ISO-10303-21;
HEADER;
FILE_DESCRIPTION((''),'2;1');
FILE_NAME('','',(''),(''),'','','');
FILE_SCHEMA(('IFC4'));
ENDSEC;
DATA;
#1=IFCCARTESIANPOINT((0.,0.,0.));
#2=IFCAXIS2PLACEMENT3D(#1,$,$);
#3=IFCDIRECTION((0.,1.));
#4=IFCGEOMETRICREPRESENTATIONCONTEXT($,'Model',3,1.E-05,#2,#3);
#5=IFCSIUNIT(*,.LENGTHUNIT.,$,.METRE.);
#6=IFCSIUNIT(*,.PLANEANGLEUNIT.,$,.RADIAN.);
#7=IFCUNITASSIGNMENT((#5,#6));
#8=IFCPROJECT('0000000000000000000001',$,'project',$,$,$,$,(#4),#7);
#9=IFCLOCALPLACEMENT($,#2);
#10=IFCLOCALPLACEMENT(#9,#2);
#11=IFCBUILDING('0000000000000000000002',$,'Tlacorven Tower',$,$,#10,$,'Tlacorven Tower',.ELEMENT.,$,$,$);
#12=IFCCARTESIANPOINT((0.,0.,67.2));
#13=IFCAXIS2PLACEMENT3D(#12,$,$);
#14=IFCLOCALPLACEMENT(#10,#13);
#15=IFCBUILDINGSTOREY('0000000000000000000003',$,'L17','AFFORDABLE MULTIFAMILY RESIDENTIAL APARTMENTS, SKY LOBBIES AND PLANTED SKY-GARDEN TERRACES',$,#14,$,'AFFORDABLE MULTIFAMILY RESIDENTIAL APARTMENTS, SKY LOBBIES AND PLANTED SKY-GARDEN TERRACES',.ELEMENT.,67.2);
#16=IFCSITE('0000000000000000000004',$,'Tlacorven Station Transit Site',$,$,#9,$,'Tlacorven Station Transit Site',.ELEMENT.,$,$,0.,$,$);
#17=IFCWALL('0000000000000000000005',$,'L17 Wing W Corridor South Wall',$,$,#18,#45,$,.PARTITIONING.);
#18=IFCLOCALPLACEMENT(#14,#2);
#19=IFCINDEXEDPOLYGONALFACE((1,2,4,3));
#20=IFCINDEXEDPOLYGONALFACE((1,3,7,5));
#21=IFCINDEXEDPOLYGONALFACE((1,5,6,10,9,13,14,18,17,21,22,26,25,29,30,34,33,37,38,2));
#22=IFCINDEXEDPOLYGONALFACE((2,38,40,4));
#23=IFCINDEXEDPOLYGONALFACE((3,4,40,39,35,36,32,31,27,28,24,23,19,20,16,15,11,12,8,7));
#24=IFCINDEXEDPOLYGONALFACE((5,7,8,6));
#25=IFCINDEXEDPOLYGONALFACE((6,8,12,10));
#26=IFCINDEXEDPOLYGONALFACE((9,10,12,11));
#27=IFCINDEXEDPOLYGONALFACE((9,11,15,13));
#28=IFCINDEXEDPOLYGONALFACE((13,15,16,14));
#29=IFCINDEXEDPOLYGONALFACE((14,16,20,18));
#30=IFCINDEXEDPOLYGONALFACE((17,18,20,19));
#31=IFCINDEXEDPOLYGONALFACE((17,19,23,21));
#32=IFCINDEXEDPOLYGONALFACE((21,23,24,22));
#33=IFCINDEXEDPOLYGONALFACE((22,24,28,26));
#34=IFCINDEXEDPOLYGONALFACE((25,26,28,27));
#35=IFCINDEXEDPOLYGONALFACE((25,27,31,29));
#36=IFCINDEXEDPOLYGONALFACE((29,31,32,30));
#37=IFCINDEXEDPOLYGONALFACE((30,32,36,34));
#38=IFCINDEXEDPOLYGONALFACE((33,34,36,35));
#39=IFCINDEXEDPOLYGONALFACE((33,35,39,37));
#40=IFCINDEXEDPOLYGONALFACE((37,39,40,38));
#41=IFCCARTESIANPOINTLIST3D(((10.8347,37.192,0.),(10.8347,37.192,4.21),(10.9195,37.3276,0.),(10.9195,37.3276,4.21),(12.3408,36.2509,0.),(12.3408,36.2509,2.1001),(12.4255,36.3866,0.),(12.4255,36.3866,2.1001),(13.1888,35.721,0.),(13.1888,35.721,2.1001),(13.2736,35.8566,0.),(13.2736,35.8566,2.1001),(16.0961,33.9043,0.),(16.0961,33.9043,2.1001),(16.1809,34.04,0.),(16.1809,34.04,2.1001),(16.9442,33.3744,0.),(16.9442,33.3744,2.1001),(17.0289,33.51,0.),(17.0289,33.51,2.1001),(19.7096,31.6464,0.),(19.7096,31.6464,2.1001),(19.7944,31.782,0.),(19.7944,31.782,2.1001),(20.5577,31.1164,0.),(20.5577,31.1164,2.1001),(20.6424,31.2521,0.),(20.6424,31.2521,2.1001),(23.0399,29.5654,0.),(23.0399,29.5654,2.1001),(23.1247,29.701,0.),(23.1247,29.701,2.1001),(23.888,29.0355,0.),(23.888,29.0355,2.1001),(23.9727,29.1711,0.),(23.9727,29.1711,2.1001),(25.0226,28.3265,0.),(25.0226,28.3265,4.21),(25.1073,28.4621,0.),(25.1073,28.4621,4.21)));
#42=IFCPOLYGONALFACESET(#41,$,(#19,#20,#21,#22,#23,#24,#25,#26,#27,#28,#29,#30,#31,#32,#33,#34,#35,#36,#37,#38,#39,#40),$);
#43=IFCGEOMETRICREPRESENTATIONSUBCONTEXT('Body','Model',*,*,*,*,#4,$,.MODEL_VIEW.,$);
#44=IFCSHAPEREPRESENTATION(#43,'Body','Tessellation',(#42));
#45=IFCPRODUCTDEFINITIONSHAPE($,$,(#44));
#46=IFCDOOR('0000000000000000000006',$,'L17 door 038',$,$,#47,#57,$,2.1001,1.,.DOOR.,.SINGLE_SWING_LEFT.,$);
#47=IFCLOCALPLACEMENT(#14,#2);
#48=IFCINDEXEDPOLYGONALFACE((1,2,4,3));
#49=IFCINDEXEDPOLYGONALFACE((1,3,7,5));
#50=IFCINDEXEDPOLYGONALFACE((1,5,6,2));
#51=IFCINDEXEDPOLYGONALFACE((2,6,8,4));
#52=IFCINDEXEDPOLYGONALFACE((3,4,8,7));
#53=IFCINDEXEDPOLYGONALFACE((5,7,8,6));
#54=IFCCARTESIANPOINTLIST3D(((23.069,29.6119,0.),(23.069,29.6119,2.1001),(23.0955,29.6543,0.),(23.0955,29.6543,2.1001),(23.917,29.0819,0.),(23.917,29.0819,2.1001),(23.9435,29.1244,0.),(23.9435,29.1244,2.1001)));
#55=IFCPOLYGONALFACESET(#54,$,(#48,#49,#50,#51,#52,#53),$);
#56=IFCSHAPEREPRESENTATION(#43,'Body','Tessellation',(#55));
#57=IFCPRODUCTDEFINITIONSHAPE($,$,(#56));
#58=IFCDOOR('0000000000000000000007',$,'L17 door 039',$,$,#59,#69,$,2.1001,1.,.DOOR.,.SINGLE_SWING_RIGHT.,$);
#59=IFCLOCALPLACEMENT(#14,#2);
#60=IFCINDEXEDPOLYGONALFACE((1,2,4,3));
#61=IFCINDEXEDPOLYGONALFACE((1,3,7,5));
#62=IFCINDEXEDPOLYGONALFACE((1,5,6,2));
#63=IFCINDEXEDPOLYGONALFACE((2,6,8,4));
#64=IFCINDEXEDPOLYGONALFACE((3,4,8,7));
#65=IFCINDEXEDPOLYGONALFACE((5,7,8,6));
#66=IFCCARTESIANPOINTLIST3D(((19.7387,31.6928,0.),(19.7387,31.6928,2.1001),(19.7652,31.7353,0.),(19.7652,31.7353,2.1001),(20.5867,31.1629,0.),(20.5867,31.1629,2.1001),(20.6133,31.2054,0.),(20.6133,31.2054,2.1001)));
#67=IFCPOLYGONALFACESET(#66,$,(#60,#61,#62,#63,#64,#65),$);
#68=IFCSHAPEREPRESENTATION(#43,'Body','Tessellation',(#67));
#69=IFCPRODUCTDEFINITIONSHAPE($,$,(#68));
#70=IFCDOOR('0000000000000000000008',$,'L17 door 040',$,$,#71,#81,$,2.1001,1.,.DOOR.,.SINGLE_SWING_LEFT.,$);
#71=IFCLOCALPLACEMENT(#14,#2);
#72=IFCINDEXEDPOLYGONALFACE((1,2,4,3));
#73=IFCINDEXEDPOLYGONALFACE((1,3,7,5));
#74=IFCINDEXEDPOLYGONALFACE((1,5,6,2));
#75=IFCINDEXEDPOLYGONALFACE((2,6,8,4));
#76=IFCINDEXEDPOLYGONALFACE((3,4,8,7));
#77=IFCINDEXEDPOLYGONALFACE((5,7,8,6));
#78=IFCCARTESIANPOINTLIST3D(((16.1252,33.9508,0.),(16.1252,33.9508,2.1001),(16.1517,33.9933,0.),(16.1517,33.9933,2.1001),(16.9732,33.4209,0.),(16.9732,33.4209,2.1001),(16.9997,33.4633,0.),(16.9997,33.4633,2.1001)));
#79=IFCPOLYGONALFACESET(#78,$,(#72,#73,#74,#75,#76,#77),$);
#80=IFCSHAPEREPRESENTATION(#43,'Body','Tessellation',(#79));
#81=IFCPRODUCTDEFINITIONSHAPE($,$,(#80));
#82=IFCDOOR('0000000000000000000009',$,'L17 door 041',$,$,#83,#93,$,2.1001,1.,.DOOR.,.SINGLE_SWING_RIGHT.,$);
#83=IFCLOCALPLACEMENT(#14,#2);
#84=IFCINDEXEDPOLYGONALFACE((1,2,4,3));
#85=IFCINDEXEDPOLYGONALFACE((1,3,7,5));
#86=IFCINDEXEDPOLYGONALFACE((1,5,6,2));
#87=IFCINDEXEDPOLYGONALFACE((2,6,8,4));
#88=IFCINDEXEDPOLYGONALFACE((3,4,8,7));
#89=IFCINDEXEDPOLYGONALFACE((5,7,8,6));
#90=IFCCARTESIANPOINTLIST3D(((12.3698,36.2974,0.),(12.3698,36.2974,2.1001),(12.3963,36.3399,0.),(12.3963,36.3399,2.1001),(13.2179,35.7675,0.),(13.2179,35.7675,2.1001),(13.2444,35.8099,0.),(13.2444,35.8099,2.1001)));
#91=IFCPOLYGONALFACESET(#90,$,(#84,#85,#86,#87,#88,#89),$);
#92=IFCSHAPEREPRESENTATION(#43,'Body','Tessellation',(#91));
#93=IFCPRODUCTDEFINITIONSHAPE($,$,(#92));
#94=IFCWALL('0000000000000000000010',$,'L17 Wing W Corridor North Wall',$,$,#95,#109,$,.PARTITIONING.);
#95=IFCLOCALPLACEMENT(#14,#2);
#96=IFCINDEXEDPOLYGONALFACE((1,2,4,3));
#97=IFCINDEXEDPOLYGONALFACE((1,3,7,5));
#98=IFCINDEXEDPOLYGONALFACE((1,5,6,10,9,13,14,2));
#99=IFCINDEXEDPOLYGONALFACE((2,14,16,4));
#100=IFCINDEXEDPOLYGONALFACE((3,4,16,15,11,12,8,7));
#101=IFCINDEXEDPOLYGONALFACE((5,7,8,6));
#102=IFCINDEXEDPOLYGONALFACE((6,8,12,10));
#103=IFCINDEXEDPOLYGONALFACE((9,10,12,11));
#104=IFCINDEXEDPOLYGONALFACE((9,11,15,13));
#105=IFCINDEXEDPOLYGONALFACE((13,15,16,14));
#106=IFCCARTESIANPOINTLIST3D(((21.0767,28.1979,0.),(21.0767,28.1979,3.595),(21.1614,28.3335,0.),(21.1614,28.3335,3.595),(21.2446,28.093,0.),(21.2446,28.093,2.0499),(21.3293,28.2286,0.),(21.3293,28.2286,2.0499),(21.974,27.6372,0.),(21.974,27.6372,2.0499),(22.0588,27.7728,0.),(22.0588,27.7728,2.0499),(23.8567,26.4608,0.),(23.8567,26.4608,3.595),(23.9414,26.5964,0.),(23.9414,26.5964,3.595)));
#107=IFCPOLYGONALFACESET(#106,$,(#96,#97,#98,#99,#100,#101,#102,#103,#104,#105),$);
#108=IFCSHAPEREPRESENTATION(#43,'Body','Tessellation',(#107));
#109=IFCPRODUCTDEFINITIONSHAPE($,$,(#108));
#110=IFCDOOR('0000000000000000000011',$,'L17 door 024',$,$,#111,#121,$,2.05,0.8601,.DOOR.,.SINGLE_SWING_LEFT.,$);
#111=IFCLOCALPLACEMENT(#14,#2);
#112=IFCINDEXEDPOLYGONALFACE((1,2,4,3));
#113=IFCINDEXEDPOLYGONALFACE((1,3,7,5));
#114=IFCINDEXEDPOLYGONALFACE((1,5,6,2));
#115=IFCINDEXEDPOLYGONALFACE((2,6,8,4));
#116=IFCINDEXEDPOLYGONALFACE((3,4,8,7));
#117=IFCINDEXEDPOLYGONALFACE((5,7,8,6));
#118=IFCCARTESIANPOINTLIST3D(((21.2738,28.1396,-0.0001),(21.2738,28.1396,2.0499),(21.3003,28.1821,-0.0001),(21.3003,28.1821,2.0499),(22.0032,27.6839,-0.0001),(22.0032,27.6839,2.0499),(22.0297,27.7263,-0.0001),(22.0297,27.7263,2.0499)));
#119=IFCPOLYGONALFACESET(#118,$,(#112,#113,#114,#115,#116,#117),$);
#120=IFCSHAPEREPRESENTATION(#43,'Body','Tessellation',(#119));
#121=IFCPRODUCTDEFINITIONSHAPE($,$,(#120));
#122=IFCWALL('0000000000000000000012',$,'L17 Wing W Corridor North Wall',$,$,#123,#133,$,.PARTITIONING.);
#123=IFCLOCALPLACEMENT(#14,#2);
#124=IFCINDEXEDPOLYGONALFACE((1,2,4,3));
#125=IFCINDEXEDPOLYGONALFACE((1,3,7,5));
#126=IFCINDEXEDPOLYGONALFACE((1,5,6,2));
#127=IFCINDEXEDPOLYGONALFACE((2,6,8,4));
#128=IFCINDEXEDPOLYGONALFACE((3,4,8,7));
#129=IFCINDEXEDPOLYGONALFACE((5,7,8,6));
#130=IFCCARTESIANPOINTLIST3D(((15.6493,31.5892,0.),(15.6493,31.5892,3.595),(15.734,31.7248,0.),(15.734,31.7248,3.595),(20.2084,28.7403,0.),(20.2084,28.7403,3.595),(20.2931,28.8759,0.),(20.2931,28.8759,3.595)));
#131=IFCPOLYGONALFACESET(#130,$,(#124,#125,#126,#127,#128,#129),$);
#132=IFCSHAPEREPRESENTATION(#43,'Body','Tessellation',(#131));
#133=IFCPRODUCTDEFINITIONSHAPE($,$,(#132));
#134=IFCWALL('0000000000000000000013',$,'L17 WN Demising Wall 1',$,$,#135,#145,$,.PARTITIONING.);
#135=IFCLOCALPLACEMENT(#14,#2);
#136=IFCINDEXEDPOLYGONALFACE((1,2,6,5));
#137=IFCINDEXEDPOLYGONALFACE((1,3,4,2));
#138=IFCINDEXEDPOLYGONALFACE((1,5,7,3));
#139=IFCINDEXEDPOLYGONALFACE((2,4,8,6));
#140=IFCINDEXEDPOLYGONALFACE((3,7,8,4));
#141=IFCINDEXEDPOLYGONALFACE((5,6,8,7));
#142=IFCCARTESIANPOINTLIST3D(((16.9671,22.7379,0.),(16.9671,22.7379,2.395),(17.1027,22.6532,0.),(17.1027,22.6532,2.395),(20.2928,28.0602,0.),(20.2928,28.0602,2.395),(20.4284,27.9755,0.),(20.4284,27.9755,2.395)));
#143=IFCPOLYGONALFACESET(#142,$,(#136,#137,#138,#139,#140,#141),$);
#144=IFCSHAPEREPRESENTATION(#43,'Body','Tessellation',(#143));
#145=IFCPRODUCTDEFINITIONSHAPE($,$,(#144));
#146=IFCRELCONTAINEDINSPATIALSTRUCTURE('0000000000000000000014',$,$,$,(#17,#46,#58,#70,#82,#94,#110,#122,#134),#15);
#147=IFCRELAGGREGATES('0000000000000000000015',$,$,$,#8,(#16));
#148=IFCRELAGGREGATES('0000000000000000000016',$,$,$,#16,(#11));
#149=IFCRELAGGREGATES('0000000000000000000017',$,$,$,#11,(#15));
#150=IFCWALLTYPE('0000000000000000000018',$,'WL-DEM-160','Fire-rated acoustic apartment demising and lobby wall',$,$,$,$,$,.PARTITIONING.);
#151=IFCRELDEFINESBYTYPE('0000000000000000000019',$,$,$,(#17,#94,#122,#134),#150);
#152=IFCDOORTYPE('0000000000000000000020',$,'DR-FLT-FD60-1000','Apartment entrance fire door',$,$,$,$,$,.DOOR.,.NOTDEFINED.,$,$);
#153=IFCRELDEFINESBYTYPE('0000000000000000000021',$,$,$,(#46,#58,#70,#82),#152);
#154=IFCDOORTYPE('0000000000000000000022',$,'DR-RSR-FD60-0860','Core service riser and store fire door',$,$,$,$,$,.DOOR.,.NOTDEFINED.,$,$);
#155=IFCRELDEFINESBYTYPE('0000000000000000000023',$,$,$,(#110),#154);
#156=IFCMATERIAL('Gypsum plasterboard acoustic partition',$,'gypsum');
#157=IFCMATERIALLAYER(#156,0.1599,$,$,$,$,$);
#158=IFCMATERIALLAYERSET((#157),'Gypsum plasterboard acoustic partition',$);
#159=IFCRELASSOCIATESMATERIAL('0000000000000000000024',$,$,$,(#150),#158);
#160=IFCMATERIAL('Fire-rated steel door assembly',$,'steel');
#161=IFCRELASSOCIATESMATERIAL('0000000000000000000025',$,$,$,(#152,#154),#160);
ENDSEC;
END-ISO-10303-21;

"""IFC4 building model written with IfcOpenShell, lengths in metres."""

from ifc_helpers import new_model, si_unit, direction, frame, frame_2d, origin, place, context, subcontext, project, spatial, rectangle, extrude, source, transform, mapped, material, layer, layer_set, type_object, element, fill, save


model = new_model("IFC4")

# Units and contexts
model_context = context("Model", 3, precision=1e-05, world=origin(), true_north=direction((0.0, 1.0)))
body_context = subcontext(model_context, "Body", "Model", "MODEL_VIEW")
ifc_project = project(units=[si_unit("LENGTHUNIT", "METRE"), si_unit("PLANEANGLEUNIT", "RADIAN")], contexts=[model_context])

# Site, building, storey
site_placement = place(None, origin())
site = spatial("IfcSite", under=ifc_project, at=site_placement, Name="Tlacorven Station Transit Site", LongName="Tlacorven Station Transit Site", CompositionType="ELEMENT", RefElevation=0.0)
building_placement = place(site_placement, origin())
building = spatial("IfcBuilding", under=site, at=building_placement, Name="Tlacorven Tower", LongName="Tlacorven Tower", CompositionType="ELEMENT")
storey_placement = place(building_placement, frame((0.0, 0.0, 67.2)))
storey = spatial("IfcBuildingStorey", under=building, at=storey_placement, Name="L17", Description="AFFORDABLE MULTIFAMILY RESIDENTIAL APARTMENTS, SKY LOBBIES AND PLANTED SKY-GARDEN TERRACES", LongName="AFFORDABLE MULTIFAMILY RESIDENTIAL APARTMENTS, SKY LOBBIES AND PLANTED SKY-GARDEN TERRACES", CompositionType="ELEMENT", Elevation=67.2)

# Shared definitions
ifc_material_1 = material(Name="Gypsum plasterboard acoustic partition", Category="gypsum")
ifc_layer_1 = layer(ifc_material_1, 0.1599)
ifc_layer_set_1 = layer_set([ifc_layer_1], Name="Gypsum plasterboard acoustic partition")
wall_type_1 = type_object("IfcWallType", Name="WL-DEM-160", Description="Fire-rated acoustic apartment demising and lobby wall", PredefinedType="PARTITIONING", material=ifc_layer_set_1)

# Wall, openings, doors
wall_1_placement = place(storey_placement, frame((25.0649, 28.3943, 0.0), z_axis=(0.0, 0.0, 1.0), x_axis=(-0.848048, 0.529919, 0.0)))
wall_1 = element("IfcWall", 1, at=wall_1_placement, inside=storey, type_object=wall_type_1, Name="L17 Wing W Corridor South Wall", PredefinedType="PARTITIONING", context=body_context, shape_type="SweptSolid", body=[
    extrude(rectangle(XDim=16.73, YDim=0.1599, at=frame_2d((8.365, 0.0))), origin(), (0.0, 0.0, 1.0), 4.21),
])
opening_1_placement = place(wall_1_placement, frame((1.3379, 0.0, 0.0)))
opening_1 = element("IfcOpeningElement", 2, at=opening_1_placement, cuts=wall_1, PredefinedType="OPENING", context=body_context, shape_type="SweptSolid", body=[
    extrude(rectangle(XDim=1.0, YDim=2.1001, at=frame_2d((0.5, 1.05))), frame((0.0, 0.0898, 0.0), z_axis=(0.0, -1.0, 0.0), x_axis=(1.0, 0.0, 0.0)), (0.0, 0.0, 1.0), 0.1799),
])
opening_2_placement = place(wall_1_placement, frame((5.2649, 0.0, 0.0)))
opening_2 = element("IfcOpeningElement", 3, at=opening_2_placement, cuts=wall_1, PredefinedType="OPENING", context=body_context, shape_type="SweptSolid", body=[
    extrude(rectangle(XDim=1.0, YDim=2.1001, at=frame_2d((0.5, 1.05))), frame((0.0, 0.0898, 0.0), z_axis=(0.0, -1.0, 0.0), x_axis=(1.0, 0.0, 0.0)), (0.0, 0.0, 1.0), 0.1799),
])
opening_3_placement = place(wall_1_placement, frame((9.5259, 0.0, 0.0)))
opening_3 = element("IfcOpeningElement", 4, at=opening_3_placement, cuts=wall_1, PredefinedType="OPENING", context=body_context, shape_type="SweptSolid", body=[
    extrude(rectangle(XDim=1.0, YDim=2.1001, at=frame_2d((0.5, 1.05))), frame((0.0, 0.0898, 0.0), z_axis=(0.0, -1.0, 0.0), x_axis=(1.0, 0.0, 0.0)), (0.0, 0.0, 1.0), 0.1799),
])
opening_4_placement = place(wall_1_placement, frame((13.9541, 0.0, 0.0)))
opening_4 = element("IfcOpeningElement", 5, at=opening_4_placement, cuts=wall_1, PredefinedType="OPENING", context=body_context, shape_type="SweptSolid", body=[
    extrude(rectangle(XDim=1.0, YDim=2.1001, at=frame_2d((0.5, 1.05))), frame((0.0, 0.0898, 0.0), z_axis=(0.0, -1.0, 0.0), x_axis=(1.0, 0.0, 0.0)), (0.0, 0.0, 1.0), 0.1799),
])
ifc_material_2 = material(Name="Fire-rated steel door assembly", Category="steel")
door_type_1 = type_object("IfcDoorType", Name="DR-FLT-FD60-1000", Description="Apartment entrance fire door", OperationType="NOTDEFINED", PredefinedType="DOOR", material=ifc_material_2)
shared_shape_1 = source(origin(), body_context, "Body", "SweptSolid", [
    extrude(rectangle(XDim=1.0, YDim=2.1001, at=frame_2d((0.5, 1.05))), frame((0.0, 0.0249, 0.0), z_axis=(0.0, -1.0, 0.0), x_axis=(1.0, 0.0, 0.0)), (0.0, 0.0, 1.0), 0.05),
])
door_1_placement = place(opening_1_placement, frame((1.0, 0.0, 0.0), z_axis=(0.0, 0.0, 1.0), x_axis=(-1.0, 0.0, 0.0)))
door_1 = element("IfcDoor", 6, at=door_1_placement, inside=storey, type_object=door_type_1, Name="L17 door 038", OperationType="SINGLE_SWING_LEFT", OverallHeight=2.1001, OverallWidth=1.0, PredefinedType="DOOR", context=body_context, shape_type="MappedRepresentation", body=[
    mapped(shared_shape_1, transform((0.0, 0.0, 0.0), scale=1.0)),
])
fill(opening_1, door_1)
door_2_placement = place(opening_2_placement, frame((1.0, 0.0, 0.0), z_axis=(0.0, 0.0, 1.0), x_axis=(-1.0, 0.0, 0.0)))
door_2 = element("IfcDoor", 7, at=door_2_placement, inside=storey, type_object=door_type_1, Name="L17 door 039", OperationType="SINGLE_SWING_RIGHT", OverallHeight=2.1001, OverallWidth=1.0, PredefinedType="DOOR", context=body_context, shape_type="MappedRepresentation", body=[
    mapped(shared_shape_1, transform((0.0, 0.0, 0.0), scale=1.0)),
])
fill(opening_2, door_2)
door_3_placement = place(opening_3_placement, frame((1.0, 0.0, 0.0), z_axis=(0.0, 0.0, 1.0), x_axis=(-1.0, 0.0, 0.0)))
door_3 = element("IfcDoor", 8, at=door_3_placement, inside=storey, type_object=door_type_1, Name="L17 door 040", OperationType="SINGLE_SWING_LEFT", OverallHeight=2.1001, OverallWidth=1.0, PredefinedType="DOOR", context=body_context, shape_type="MappedRepresentation", body=[
    mapped(shared_shape_1, transform((0.0, 0.0, 0.0), scale=1.0)),
])
fill(opening_3, door_3)
door_4_placement = place(opening_4_placement, frame((1.0, 0.0, 0.0), z_axis=(0.0, 0.0, 1.0), x_axis=(-1.0, 0.0, 0.0)))
door_4 = element("IfcDoor", 9, at=door_4_placement, inside=storey, type_object=door_type_1, Name="L17 door 041", OperationType="SINGLE_SWING_RIGHT", OverallHeight=2.1001, OverallWidth=1.0, PredefinedType="DOOR", context=body_context, shape_type="MappedRepresentation", body=[
    mapped(shared_shape_1, transform((0.0, 0.0, 0.0), scale=1.0)),
])
fill(opening_4, door_4)

# Wall, opening, door
wall_2_placement = place(storey_placement, frame((23.8992, 26.5286, 0.0), z_axis=(0.0, 0.0, 1.0), x_axis=(-0.848061, 0.529899, 0.0)))
wall_2 = element("IfcWall", 10, at=wall_2_placement, inside=storey, type_object=wall_type_1, Name="L17 Wing W Corridor North Wall", PredefinedType="PARTITIONING", context=body_context, shape_type="SweptSolid", body=[
    extrude(rectangle(XDim=3.2781, YDim=0.1599, at=frame_2d((1.6392, 0.0))), origin(), (0.0, 0.0, 1.0), 3.595),
])
opening_5_placement = place(wall_2_placement, frame((2.22, 0.0, 0.0)))
opening_5 = element("IfcOpeningElement", 11, at=opening_5_placement, cuts=wall_2, PredefinedType="OPENING", context=body_context, shape_type="SweptSolid", body=[
    extrude(rectangle(XDim=0.8601, YDim=2.05, at=frame_2d((0.4302, 1.0249))), frame((0.0, 0.0898, 0.0), z_axis=(0.0, -1.0, 0.0), x_axis=(1.0, 0.0, 0.0)), (0.0, 0.0, 1.0), 0.1799),
])
door_type_2 = type_object("IfcDoorType", Name="DR-RSR-FD60-0860", Description="Core service riser and store fire door", OperationType="NOTDEFINED", PredefinedType="DOOR", material=ifc_material_2)
shared_shape_2 = source(origin(), body_context, "Body", "SweptSolid", [
    extrude(rectangle(XDim=0.8601, YDim=2.05, at=frame_2d((0.4302, 1.0249))), frame((0.0, 0.0249, 0.0), z_axis=(0.0, -1.0, 0.0), x_axis=(1.0, 0.0, 0.0)), (0.0, 0.0, 1.0), 0.05),
])
door_5_placement = place(opening_5_placement, origin())
door_5 = element("IfcDoor", 12, at=door_5_placement, inside=storey, type_object=door_type_2, Name="L17 door 024", OperationType="SINGLE_SWING_LEFT", OverallHeight=2.05, OverallWidth=0.8601, PredefinedType="DOOR", context=body_context, shape_type="MappedRepresentation", body=[
    mapped(shared_shape_2, transform((0.0, 0.0, 0.0), scale=1.0)),
])
fill(opening_5, door_5)

# Walls
wall_3_placement = place(storey_placement, frame((20.2507, 28.8081, 0.0), z_axis=(0.0, 0.0, 1.0), x_axis=(-0.848044, 0.529925, 0.0)))
element("IfcWall", 13, at=wall_3_placement, inside=storey, type_object=wall_type_1, Name="L17 Wing W Corridor North Wall", PredefinedType="PARTITIONING", context=body_context, shape_type="SweptSolid", body=[
    extrude(rectangle(XDim=5.376, YDim=0.1599, at=frame_2d((2.688, 0.0))), origin(), (0.0, 0.0, 1.0), 3.595),
])
wall_4_placement = place(storey_placement, frame((20.3606, 28.0178, 0.0), z_axis=(0.0, 0.0, 1.0), x_axis=(-0.529915, -0.848051, 0.0)))
element("IfcWall", 14, at=wall_4_placement, inside=storey, type_object=wall_type_1, Name="L17 WN Demising Wall 1", PredefinedType="PARTITIONING", context=body_context, shape_type="SweptSolid", body=[
    extrude(rectangle(XDim=6.2759, YDim=0.1599, at=frame_2d((3.1379, 0.0))), origin(), (0.0, 0.0, 1.0), 2.395),
])

save(model, "model.ifc")
